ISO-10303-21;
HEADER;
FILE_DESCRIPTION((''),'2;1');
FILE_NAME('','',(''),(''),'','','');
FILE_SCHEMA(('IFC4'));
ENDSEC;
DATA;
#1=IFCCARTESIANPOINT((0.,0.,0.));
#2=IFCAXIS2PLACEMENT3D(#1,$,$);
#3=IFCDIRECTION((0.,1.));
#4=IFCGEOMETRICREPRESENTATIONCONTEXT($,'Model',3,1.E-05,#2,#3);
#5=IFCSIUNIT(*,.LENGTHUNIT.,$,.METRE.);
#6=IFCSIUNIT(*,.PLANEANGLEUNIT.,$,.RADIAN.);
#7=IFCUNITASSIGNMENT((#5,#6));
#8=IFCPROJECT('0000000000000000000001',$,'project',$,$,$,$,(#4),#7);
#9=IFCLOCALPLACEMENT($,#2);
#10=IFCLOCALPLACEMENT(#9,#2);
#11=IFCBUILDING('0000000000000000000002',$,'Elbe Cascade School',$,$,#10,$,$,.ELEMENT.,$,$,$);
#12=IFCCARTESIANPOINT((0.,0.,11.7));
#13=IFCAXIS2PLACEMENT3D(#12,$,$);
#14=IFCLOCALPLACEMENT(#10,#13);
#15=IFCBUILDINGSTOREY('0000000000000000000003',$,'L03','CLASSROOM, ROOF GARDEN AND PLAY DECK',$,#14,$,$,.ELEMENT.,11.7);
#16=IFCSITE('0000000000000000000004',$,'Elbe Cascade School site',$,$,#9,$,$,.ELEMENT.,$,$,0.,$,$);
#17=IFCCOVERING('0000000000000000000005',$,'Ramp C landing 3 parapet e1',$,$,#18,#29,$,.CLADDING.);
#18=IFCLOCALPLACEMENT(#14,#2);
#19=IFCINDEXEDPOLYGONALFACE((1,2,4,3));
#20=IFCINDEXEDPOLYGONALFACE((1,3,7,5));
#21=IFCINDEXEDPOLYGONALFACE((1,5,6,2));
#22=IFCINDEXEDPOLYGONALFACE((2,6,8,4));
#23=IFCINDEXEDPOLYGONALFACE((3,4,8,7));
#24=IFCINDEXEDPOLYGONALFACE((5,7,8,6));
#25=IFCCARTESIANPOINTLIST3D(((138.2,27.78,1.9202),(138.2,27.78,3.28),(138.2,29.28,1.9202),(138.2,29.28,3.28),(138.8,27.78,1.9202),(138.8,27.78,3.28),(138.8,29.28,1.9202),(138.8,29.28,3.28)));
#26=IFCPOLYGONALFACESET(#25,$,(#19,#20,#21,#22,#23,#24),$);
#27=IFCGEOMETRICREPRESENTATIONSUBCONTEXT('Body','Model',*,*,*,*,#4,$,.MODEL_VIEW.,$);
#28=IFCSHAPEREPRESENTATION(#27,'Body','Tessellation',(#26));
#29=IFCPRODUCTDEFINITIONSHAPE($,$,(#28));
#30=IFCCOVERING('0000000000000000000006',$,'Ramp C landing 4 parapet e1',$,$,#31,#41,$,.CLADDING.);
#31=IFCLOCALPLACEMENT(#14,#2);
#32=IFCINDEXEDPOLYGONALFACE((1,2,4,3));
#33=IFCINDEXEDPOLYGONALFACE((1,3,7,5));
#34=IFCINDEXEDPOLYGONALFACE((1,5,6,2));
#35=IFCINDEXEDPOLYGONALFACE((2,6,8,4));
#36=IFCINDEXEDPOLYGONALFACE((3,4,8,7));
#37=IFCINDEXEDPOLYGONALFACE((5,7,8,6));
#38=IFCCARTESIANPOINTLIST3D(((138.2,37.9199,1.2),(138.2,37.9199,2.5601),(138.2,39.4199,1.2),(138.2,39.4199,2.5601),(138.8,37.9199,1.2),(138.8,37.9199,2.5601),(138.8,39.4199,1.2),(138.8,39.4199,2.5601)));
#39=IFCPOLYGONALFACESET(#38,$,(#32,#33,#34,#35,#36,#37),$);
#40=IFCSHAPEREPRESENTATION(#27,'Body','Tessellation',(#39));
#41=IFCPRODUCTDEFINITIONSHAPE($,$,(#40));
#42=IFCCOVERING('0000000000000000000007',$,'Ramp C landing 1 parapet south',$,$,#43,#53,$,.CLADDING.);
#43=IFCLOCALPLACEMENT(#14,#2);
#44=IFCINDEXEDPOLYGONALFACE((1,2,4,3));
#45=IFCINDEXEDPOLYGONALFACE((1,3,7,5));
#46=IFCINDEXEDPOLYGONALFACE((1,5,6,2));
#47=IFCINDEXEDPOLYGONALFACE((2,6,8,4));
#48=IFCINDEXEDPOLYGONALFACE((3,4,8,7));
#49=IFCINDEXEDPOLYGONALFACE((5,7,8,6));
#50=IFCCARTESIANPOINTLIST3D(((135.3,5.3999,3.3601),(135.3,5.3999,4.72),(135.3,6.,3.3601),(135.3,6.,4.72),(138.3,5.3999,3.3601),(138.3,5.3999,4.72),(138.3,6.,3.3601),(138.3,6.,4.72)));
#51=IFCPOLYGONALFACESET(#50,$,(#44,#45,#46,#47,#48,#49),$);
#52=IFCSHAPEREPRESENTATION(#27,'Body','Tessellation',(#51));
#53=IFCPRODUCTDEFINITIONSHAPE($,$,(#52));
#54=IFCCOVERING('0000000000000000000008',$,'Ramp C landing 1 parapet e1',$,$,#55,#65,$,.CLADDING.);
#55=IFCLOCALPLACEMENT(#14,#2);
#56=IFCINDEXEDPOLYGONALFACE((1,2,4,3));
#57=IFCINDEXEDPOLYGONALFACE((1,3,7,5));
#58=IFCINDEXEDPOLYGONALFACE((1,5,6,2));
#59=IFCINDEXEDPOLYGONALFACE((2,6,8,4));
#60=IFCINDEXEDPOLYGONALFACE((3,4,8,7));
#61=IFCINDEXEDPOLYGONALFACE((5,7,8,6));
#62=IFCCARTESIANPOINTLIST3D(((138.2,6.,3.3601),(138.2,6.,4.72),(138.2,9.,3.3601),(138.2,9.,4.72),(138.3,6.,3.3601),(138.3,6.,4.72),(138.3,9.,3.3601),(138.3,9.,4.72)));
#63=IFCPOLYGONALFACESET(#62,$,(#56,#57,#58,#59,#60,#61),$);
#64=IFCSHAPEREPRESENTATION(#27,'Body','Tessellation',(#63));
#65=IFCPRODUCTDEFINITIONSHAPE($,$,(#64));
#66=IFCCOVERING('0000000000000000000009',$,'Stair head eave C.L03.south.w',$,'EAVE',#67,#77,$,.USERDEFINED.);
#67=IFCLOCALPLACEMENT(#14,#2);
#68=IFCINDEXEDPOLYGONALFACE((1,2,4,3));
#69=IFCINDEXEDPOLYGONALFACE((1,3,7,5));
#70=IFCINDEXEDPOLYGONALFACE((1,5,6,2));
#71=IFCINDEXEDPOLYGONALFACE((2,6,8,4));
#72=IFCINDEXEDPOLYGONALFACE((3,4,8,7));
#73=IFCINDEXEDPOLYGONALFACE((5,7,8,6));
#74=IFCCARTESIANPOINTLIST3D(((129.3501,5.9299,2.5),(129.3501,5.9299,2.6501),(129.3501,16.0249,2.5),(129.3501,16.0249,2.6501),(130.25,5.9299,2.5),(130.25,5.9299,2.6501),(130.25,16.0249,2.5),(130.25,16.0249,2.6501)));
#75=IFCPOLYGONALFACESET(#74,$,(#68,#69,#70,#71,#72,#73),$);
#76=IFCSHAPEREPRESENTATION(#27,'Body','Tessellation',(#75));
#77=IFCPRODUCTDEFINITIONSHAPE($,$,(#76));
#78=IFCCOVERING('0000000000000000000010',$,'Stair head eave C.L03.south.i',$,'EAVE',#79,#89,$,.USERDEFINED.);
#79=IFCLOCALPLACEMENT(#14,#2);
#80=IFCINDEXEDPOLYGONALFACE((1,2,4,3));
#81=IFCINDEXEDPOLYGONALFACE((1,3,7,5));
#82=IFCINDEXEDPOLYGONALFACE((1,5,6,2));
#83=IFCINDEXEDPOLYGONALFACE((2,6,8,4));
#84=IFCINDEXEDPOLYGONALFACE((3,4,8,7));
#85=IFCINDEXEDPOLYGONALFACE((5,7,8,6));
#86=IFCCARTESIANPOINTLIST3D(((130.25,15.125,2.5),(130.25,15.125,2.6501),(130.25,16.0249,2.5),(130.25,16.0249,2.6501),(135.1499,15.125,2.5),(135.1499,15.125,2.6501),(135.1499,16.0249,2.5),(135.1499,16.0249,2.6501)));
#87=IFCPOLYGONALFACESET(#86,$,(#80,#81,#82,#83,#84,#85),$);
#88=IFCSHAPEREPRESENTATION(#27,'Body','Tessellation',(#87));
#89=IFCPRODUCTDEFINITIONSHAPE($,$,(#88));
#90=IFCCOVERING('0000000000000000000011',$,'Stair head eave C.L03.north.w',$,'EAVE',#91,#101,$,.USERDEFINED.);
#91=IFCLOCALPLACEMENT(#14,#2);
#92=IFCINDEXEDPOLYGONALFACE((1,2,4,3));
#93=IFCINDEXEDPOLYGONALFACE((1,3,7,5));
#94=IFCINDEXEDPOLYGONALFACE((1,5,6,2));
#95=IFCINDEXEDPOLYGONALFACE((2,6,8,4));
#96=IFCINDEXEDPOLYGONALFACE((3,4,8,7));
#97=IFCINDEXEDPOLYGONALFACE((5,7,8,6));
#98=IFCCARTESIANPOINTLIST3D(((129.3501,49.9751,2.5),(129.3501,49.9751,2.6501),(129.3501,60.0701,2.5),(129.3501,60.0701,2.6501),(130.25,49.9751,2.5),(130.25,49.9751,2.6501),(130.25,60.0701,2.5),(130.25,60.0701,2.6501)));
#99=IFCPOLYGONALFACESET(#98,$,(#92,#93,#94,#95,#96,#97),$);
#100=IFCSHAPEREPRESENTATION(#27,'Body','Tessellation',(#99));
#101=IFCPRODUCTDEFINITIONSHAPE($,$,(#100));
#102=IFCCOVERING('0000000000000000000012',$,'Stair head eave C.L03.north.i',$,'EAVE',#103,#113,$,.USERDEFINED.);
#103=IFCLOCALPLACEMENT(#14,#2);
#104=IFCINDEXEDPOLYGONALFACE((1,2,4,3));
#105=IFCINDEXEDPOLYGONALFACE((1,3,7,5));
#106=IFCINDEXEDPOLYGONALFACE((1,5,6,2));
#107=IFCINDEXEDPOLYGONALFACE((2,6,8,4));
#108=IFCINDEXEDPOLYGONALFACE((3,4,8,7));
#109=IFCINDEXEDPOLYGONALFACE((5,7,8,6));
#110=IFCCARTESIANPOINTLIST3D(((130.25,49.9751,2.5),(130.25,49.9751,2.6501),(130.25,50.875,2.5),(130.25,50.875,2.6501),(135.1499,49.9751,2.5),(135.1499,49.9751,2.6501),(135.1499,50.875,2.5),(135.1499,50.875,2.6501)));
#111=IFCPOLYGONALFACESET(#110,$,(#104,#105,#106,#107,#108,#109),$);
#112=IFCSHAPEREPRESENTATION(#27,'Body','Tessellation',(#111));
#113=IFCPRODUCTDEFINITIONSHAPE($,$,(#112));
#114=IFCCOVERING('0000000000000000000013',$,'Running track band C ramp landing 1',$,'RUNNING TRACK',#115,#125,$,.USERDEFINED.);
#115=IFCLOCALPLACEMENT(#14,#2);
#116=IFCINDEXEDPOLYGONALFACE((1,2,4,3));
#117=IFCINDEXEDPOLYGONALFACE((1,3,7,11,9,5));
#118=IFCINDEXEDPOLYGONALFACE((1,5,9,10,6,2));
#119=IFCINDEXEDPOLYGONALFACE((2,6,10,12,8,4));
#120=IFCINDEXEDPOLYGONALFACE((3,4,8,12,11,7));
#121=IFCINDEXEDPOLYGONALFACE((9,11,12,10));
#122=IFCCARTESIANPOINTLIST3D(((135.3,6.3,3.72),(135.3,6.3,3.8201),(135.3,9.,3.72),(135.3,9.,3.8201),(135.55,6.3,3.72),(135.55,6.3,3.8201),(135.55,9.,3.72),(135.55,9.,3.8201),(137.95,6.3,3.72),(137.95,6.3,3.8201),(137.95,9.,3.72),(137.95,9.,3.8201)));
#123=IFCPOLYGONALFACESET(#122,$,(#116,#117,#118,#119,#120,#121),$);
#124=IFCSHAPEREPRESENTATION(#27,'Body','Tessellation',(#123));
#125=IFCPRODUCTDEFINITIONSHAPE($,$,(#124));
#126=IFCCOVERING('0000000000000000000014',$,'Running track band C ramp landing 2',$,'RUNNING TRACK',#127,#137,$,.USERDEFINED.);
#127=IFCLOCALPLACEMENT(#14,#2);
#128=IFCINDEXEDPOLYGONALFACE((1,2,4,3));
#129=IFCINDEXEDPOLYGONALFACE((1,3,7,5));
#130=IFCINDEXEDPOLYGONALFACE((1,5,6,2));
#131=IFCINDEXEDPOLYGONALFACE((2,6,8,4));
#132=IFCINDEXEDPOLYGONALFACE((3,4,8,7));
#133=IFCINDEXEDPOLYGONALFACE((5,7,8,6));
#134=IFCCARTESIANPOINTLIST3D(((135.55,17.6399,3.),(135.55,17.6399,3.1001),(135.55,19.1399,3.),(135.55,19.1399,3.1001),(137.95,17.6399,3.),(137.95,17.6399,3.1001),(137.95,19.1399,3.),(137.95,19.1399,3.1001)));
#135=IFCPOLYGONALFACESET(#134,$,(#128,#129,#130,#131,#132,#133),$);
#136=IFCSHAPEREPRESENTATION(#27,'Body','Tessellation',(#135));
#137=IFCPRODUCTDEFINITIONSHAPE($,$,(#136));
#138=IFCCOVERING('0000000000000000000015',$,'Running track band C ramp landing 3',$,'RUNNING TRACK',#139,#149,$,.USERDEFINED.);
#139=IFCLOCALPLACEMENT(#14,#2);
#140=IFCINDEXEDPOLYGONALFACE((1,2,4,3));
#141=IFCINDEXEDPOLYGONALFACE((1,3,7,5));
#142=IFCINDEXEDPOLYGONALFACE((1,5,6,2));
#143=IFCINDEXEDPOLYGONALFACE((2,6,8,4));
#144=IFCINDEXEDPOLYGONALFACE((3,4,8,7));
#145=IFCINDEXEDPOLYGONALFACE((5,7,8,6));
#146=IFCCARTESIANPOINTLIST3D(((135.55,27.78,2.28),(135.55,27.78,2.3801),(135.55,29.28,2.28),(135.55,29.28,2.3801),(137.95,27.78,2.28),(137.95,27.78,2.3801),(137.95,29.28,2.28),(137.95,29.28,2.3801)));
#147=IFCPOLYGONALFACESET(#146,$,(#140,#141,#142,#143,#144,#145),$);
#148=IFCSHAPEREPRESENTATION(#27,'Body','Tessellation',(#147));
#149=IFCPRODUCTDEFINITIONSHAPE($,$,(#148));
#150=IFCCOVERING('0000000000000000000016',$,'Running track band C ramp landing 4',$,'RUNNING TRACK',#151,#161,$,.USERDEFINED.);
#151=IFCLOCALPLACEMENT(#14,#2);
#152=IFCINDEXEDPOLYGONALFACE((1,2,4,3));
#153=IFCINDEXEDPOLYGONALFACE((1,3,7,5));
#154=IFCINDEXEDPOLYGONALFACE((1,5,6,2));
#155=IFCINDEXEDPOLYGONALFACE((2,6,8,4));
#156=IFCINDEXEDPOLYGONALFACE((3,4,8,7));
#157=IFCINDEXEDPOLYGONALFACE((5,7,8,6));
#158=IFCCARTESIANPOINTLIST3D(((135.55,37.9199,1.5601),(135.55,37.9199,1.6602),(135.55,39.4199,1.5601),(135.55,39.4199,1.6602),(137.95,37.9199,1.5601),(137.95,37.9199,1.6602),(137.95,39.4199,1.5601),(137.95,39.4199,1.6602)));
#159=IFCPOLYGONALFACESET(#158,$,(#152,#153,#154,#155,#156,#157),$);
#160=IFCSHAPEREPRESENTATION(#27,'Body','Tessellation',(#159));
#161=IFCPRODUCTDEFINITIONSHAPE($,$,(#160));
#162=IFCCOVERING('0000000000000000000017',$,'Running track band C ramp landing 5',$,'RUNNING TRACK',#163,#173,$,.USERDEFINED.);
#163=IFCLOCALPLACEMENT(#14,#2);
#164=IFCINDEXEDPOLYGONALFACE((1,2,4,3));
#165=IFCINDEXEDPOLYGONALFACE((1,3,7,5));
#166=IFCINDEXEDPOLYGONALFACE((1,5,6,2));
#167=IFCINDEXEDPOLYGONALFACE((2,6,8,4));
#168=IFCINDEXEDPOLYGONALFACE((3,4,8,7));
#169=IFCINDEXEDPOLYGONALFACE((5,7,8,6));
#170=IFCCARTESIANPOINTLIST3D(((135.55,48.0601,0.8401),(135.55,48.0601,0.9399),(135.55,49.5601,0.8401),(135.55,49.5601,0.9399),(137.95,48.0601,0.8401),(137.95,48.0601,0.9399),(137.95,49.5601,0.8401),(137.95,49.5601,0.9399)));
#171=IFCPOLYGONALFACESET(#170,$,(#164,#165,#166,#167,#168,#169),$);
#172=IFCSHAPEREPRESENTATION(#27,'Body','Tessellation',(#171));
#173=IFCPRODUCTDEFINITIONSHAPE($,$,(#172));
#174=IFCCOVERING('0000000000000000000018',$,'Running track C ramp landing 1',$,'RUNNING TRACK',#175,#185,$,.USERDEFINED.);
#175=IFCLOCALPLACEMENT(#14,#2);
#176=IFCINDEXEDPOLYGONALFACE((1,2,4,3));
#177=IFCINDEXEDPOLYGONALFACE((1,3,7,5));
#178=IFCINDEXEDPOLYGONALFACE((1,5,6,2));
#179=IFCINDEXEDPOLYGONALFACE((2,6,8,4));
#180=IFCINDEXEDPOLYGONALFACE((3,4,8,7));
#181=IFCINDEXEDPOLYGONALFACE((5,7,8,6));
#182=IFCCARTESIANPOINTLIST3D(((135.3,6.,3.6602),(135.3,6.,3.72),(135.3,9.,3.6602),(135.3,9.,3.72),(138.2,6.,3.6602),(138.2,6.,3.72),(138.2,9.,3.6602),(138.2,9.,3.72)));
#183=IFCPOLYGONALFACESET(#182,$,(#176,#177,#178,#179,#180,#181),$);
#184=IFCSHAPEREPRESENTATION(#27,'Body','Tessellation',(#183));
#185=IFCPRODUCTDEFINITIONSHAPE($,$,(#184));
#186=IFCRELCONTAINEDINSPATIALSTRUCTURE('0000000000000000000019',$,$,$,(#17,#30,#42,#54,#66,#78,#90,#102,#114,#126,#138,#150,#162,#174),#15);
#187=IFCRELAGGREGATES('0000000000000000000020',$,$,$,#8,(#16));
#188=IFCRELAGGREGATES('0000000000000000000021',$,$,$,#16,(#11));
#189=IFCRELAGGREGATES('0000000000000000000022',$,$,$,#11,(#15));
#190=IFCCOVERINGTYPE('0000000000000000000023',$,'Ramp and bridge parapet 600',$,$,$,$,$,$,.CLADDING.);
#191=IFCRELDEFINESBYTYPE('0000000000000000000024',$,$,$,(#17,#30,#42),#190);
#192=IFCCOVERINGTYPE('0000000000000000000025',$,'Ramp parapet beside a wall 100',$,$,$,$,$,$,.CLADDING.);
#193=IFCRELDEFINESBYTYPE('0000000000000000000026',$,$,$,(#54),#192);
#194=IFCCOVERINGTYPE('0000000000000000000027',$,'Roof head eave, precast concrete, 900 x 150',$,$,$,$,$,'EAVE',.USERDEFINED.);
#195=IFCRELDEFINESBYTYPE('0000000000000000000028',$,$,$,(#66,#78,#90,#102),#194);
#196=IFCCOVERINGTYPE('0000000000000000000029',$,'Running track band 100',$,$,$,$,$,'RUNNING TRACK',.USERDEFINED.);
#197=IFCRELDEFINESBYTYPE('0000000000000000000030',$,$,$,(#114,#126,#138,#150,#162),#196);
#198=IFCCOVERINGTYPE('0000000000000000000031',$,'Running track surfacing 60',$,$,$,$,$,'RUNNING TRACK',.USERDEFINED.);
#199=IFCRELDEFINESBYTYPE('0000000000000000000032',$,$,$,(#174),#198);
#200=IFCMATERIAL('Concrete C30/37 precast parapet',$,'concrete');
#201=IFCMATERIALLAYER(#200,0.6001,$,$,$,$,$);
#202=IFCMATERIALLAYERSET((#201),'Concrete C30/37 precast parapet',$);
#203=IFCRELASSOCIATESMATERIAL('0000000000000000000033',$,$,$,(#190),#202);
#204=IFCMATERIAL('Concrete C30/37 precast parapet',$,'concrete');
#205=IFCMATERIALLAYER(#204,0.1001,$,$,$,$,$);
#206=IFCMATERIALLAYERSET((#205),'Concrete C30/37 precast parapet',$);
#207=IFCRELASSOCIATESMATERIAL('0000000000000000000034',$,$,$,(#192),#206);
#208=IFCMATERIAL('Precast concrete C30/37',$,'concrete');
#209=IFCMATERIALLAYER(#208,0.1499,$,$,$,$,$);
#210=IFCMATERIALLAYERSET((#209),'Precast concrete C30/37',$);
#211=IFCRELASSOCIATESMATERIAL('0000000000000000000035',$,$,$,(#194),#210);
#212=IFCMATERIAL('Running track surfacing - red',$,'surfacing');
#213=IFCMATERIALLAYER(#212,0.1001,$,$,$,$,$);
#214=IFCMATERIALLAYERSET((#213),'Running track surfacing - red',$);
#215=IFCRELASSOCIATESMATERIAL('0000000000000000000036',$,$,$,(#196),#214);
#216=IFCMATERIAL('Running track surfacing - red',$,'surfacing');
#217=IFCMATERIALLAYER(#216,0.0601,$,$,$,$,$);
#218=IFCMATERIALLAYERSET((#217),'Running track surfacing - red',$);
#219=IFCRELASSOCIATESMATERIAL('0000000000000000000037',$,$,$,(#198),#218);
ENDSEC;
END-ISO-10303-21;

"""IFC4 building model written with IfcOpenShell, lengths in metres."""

from ifc_helpers import new_model, si_unit, direction, frame, origin, place, context, subcontext, project, spatial, polyline, outline, extrude, material, layer, layer_set, type_object, element, save


model = new_model("IFC4")

# Units and contexts
model_context = context("Model", 3, precision=1e-05, world=origin(), true_north=direction((0.0, 1.0)))
body_context = subcontext(model_context, "Body", "Model", "MODEL_VIEW")
ifc_project = project(units=[si_unit("LENGTHUNIT", "METRE"), si_unit("PLANEANGLEUNIT", "RADIAN")], contexts=[model_context])

# Site, building, storey
site_placement = place(None, origin())
site = spatial("IfcSite", under=ifc_project, at=site_placement, Name="Elbe Cascade School site", CompositionType="ELEMENT", RefElevation=0.0)
building_placement = place(site_placement, origin())
building = spatial("IfcBuilding", under=site, at=building_placement, Name="Elbe Cascade School", CompositionType="ELEMENT")
storey_placement = place(building_placement, frame((0.0, 0.0, 11.7)))
storey = spatial("IfcBuildingStorey", under=building, at=storey_placement, Name="L03", Description="CLASSROOM, ROOF GARDEN AND PLAY DECK", CompositionType="ELEMENT", Elevation=11.7)

# Coverings
ifc_material_1 = material(Name="Concrete C30/37 precast parapet", Category="concrete")
ifc_layer_1 = layer(ifc_material_1, 0.6001)
ifc_layer_set_1 = layer_set([ifc_layer_1], Name="Concrete C30/37 precast parapet")
covering_type_1 = type_object("IfcCoveringType", Name="Ramp and bridge parapet 600", PredefinedType="CLADDING", material=ifc_layer_set_1)
covering_1_placement = place(storey_placement, frame((0.0, 0.0, 1.9202)))
element("IfcCovering", 1, at=covering_1_placement, inside=storey, type_object=covering_type_1, Name="Ramp C landing 3 parapet e1", PredefinedType="CLADDING", context=body_context, shape_type="SweptSolid", body=[
    extrude(outline(polyline([(138.2, 27.78), (138.8, 27.78), (138.8, 29.28), (138.2, 29.28), (138.2, 27.78)])), origin(), (0.0, 0.0, 1.0), 1.3599),
])
covering_2_placement = place(storey_placement, frame((0.0, 0.0, 1.2)))
element("IfcCovering", 2, at=covering_2_placement, inside=storey, type_object=covering_type_1, Name="Ramp C landing 4 parapet e1", PredefinedType="CLADDING", context=body_context, shape_type="SweptSolid", body=[
    extrude(outline(polyline([(138.2, 37.9199), (138.8, 37.9199), (138.8, 39.4199), (138.2, 39.4199), (138.2, 37.9199)])), origin(), (0.0, 0.0, 1.0), 1.3601),
])
covering_3_placement = place(storey_placement, frame((0.0, 0.0, 3.3601)))
element("IfcCovering", 3, at=covering_3_placement, inside=storey, type_object=covering_type_1, Name="Ramp C landing 1 parapet south", PredefinedType="CLADDING", context=body_context, shape_type="SweptSolid", body=[
    extrude(outline(polyline([(135.3, 5.3999), (138.3, 5.3999), (138.3, 6.0), (135.3, 6.0), (135.3, 5.3999)])), origin(), (0.0, 0.0, 1.0), 1.3599),
])
ifc_material_2 = material(Name="Concrete C30/37 precast parapet", Category="concrete")
ifc_layer_2 = layer(ifc_material_2, 0.1001)
ifc_layer_set_2 = layer_set([ifc_layer_2], Name="Concrete C30/37 precast parapet")
covering_type_2 = type_object("IfcCoveringType", Name="Ramp parapet beside a wall 100", PredefinedType="CLADDING", material=ifc_layer_set_2)
covering_4_placement = place(storey_placement, frame((0.0, 0.0, 3.3601)))
element("IfcCovering", 4, at=covering_4_placement, inside=storey, type_object=covering_type_2, Name="Ramp C landing 1 parapet e1", PredefinedType="CLADDING", context=body_context, shape_type="SweptSolid", body=[
    extrude(outline(polyline([(138.2, 6.0), (138.3, 6.0), (138.3, 9.0), (138.2, 9.0), (138.2, 6.0)])), origin(), (0.0, 0.0, 1.0), 1.3599),
])
ifc_material_3 = material(Name="Precast concrete C30/37", Category="concrete")
ifc_layer_3 = layer(ifc_material_3, 0.1499)
ifc_layer_set_3 = layer_set([ifc_layer_3], Name="Precast concrete C30/37")
covering_type_3 = type_object("IfcCoveringType", Name="Roof head eave, precast concrete, 900 x 150", ElementType="EAVE", PredefinedType="USERDEFINED", material=ifc_layer_set_3)
covering_5_placement = place(storey_placement, frame((0.0, 0.0, 2.5)))
element("IfcCovering", 5, at=covering_5_placement, inside=storey, type_object=covering_type_3, Name="Stair head eave C.L03.south.w", ObjectType="EAVE", PredefinedType="USERDEFINED", context=body_context, shape_type="SweptSolid", body=[
    extrude(outline(polyline([(129.3501, 5.9299), (130.25, 5.9299), (130.25, 16.0249), (129.3501, 16.0249), (129.3501, 5.9299)])), origin(), (0.0, 0.0, 1.0), 0.1501),
])
covering_6_placement = place(storey_placement, frame((0.0, 0.0, 2.5)))
element("IfcCovering", 6, at=covering_6_placement, inside=storey, type_object=covering_type_3, Name="Stair head eave C.L03.south.i", ObjectType="EAVE", PredefinedType="USERDEFINED", context=body_context, shape_type="SweptSolid", body=[
    extrude(outline(polyline([(130.25, 15.125), (135.1499, 15.125), (135.1499, 16.0249), (130.25, 16.0249), (130.25, 15.125)])), origin(), (0.0, 0.0, 1.0), 0.1501),
])
covering_7_placement = place(storey_placement, frame((0.0, 0.0, 2.5)))
element("IfcCovering", 7, at=covering_7_placement, inside=storey, type_object=covering_type_3, Name="Stair head eave C.L03.north.w", ObjectType="EAVE", PredefinedType="USERDEFINED", context=body_context, shape_type="SweptSolid", body=[
    extrude(outline(polyline([(129.3501, 49.9751), (130.25, 49.9751), (130.25, 60.0701), (129.3501, 60.0701), (129.3501, 49.9751)])), origin(), (0.0, 0.0, 1.0), 0.1501),
])
covering_8_placement = place(storey_placement, frame((0.0, 0.0, 2.5)))
element("IfcCovering", 8, at=covering_8_placement, inside=storey, type_object=covering_type_3, Name="Stair head eave C.L03.north.i", ObjectType="EAVE", PredefinedType="USERDEFINED", context=body_context, shape_type="SweptSolid", body=[
    extrude(outline(polyline([(130.25, 49.9751), (135.1499, 49.9751), (135.1499, 50.875), (130.25, 50.875), (130.25, 49.9751)])), origin(), (0.0, 0.0, 1.0), 0.1501),
])
ifc_material_4 = material(Name="Running track surfacing - red", Category="surfacing")
ifc_layer_4 = layer(ifc_material_4, 0.1001)
ifc_layer_set_4 = layer_set([ifc_layer_4], Name="Running track surfacing - red")
covering_type_4 = type_object("IfcCoveringType", Name="Running track band 100", ElementType="RUNNING TRACK", PredefinedType="USERDEFINED", material=ifc_layer_set_4)
covering_9_placement = place(storey_placement, frame((0.0, 0.0, 3.72)))
element("IfcCovering", 9, at=covering_9_placement, inside=storey, type_object=covering_type_4, Name="Running track band C ramp landing 1", ObjectType="RUNNING TRACK", PredefinedType="USERDEFINED", context=body_context, shape_type="SweptSolid", body=[
    extrude(outline(polyline([(137.95, 6.3), (135.55, 6.3), (135.3, 6.3), (135.3, 9.0), (135.55, 9.0), (137.95, 9.0), (137.95, 6.3)])), origin(), (0.0, 0.0, 1.0), 0.1001),
])
covering_10_placement = place(storey_placement, frame((0.0, 0.0, 3.0)))
element("IfcCovering", 10, at=covering_10_placement, inside=storey, type_object=covering_type_4, Name="Running track band C ramp landing 2", ObjectType="RUNNING TRACK", PredefinedType="USERDEFINED", context=body_context, shape_type="SweptSolid", body=[
    extrude(outline(polyline([(137.95, 17.6399), (137.95, 19.1399), (135.55, 19.1399), (135.55, 17.6399), (137.95, 17.6399)])), origin(), (0.0, 0.0, 1.0), 0.1001),
])
covering_11_placement = place(storey_placement, frame((0.0, 0.0, 2.28)))
element("IfcCovering", 11, at=covering_11_placement, inside=storey, type_object=covering_type_4, Name="Running track band C ramp landing 3", ObjectType="RUNNING TRACK", PredefinedType="USERDEFINED", context=body_context, shape_type="SweptSolid", body=[
    extrude(outline(polyline([(137.95, 27.78), (137.95, 29.28), (135.55, 29.28), (135.55, 27.78), (137.95, 27.78)])), origin(), (0.0, 0.0, 1.0), 0.1001),
])
covering_12_placement = place(storey_placement, frame((0.0, 0.0, 1.5601)))
element("IfcCovering", 12, at=covering_12_placement, inside=storey, type_object=covering_type_4, Name="Running track band C ramp landing 4", ObjectType="RUNNING TRACK", PredefinedType="USERDEFINED", context=body_context, shape_type="SweptSolid", body=[
    extrude(outline(polyline([(137.95, 37.9199), (137.95, 39.4199), (135.55, 39.4199), (135.55, 37.9199), (137.95, 37.9199)])), origin(), (0.0, 0.0, 1.0), 0.1001),
])
covering_13_placement = place(storey_placement, frame((0.0, 0.0, 0.8401)))
element("IfcCovering", 13, at=covering_13_placement, inside=storey, type_object=covering_type_4, Name="Running track band C ramp landing 5", ObjectType="RUNNING TRACK", PredefinedType="USERDEFINED", context=body_context, shape_type="SweptSolid", body=[
    extrude(outline(polyline([(137.95, 48.0601), (137.95, 49.5601), (135.55, 49.5601), (135.55, 48.0601), (137.95, 48.0601)])), origin(), (0.0, 0.0, 1.0), 0.0999),
])
ifc_material_5 = material(Name="Running track surfacing - red", Category="surfacing")
ifc_layer_5 = layer(ifc_material_5, 0.0601)
ifc_layer_set_5 = layer_set([ifc_layer_5], Name="Running track surfacing - red")
covering_type_5 = type_object("IfcCoveringType", Name="Running track surfacing 60", ElementType="RUNNING TRACK", PredefinedType="USERDEFINED", material=ifc_layer_set_5)
covering_14_placement = place(storey_placement, frame((0.0, 0.0, 3.6602)))
element("IfcCovering", 14, at=covering_14_placement, inside=storey, type_object=covering_type_5, Name="Running track C ramp landing 1", ObjectType="RUNNING TRACK", PredefinedType="USERDEFINED", context=body_context, shape_type="SweptSolid", body=[
    extrude(outline(polyline([(138.2, 6.0), (138.2, 9.0), (135.3, 9.0), (135.3, 6.0), (138.2, 6.0)])), origin(), (0.0, 0.0, 1.0), 0.0598),
])

save(model, "model.ifc")
